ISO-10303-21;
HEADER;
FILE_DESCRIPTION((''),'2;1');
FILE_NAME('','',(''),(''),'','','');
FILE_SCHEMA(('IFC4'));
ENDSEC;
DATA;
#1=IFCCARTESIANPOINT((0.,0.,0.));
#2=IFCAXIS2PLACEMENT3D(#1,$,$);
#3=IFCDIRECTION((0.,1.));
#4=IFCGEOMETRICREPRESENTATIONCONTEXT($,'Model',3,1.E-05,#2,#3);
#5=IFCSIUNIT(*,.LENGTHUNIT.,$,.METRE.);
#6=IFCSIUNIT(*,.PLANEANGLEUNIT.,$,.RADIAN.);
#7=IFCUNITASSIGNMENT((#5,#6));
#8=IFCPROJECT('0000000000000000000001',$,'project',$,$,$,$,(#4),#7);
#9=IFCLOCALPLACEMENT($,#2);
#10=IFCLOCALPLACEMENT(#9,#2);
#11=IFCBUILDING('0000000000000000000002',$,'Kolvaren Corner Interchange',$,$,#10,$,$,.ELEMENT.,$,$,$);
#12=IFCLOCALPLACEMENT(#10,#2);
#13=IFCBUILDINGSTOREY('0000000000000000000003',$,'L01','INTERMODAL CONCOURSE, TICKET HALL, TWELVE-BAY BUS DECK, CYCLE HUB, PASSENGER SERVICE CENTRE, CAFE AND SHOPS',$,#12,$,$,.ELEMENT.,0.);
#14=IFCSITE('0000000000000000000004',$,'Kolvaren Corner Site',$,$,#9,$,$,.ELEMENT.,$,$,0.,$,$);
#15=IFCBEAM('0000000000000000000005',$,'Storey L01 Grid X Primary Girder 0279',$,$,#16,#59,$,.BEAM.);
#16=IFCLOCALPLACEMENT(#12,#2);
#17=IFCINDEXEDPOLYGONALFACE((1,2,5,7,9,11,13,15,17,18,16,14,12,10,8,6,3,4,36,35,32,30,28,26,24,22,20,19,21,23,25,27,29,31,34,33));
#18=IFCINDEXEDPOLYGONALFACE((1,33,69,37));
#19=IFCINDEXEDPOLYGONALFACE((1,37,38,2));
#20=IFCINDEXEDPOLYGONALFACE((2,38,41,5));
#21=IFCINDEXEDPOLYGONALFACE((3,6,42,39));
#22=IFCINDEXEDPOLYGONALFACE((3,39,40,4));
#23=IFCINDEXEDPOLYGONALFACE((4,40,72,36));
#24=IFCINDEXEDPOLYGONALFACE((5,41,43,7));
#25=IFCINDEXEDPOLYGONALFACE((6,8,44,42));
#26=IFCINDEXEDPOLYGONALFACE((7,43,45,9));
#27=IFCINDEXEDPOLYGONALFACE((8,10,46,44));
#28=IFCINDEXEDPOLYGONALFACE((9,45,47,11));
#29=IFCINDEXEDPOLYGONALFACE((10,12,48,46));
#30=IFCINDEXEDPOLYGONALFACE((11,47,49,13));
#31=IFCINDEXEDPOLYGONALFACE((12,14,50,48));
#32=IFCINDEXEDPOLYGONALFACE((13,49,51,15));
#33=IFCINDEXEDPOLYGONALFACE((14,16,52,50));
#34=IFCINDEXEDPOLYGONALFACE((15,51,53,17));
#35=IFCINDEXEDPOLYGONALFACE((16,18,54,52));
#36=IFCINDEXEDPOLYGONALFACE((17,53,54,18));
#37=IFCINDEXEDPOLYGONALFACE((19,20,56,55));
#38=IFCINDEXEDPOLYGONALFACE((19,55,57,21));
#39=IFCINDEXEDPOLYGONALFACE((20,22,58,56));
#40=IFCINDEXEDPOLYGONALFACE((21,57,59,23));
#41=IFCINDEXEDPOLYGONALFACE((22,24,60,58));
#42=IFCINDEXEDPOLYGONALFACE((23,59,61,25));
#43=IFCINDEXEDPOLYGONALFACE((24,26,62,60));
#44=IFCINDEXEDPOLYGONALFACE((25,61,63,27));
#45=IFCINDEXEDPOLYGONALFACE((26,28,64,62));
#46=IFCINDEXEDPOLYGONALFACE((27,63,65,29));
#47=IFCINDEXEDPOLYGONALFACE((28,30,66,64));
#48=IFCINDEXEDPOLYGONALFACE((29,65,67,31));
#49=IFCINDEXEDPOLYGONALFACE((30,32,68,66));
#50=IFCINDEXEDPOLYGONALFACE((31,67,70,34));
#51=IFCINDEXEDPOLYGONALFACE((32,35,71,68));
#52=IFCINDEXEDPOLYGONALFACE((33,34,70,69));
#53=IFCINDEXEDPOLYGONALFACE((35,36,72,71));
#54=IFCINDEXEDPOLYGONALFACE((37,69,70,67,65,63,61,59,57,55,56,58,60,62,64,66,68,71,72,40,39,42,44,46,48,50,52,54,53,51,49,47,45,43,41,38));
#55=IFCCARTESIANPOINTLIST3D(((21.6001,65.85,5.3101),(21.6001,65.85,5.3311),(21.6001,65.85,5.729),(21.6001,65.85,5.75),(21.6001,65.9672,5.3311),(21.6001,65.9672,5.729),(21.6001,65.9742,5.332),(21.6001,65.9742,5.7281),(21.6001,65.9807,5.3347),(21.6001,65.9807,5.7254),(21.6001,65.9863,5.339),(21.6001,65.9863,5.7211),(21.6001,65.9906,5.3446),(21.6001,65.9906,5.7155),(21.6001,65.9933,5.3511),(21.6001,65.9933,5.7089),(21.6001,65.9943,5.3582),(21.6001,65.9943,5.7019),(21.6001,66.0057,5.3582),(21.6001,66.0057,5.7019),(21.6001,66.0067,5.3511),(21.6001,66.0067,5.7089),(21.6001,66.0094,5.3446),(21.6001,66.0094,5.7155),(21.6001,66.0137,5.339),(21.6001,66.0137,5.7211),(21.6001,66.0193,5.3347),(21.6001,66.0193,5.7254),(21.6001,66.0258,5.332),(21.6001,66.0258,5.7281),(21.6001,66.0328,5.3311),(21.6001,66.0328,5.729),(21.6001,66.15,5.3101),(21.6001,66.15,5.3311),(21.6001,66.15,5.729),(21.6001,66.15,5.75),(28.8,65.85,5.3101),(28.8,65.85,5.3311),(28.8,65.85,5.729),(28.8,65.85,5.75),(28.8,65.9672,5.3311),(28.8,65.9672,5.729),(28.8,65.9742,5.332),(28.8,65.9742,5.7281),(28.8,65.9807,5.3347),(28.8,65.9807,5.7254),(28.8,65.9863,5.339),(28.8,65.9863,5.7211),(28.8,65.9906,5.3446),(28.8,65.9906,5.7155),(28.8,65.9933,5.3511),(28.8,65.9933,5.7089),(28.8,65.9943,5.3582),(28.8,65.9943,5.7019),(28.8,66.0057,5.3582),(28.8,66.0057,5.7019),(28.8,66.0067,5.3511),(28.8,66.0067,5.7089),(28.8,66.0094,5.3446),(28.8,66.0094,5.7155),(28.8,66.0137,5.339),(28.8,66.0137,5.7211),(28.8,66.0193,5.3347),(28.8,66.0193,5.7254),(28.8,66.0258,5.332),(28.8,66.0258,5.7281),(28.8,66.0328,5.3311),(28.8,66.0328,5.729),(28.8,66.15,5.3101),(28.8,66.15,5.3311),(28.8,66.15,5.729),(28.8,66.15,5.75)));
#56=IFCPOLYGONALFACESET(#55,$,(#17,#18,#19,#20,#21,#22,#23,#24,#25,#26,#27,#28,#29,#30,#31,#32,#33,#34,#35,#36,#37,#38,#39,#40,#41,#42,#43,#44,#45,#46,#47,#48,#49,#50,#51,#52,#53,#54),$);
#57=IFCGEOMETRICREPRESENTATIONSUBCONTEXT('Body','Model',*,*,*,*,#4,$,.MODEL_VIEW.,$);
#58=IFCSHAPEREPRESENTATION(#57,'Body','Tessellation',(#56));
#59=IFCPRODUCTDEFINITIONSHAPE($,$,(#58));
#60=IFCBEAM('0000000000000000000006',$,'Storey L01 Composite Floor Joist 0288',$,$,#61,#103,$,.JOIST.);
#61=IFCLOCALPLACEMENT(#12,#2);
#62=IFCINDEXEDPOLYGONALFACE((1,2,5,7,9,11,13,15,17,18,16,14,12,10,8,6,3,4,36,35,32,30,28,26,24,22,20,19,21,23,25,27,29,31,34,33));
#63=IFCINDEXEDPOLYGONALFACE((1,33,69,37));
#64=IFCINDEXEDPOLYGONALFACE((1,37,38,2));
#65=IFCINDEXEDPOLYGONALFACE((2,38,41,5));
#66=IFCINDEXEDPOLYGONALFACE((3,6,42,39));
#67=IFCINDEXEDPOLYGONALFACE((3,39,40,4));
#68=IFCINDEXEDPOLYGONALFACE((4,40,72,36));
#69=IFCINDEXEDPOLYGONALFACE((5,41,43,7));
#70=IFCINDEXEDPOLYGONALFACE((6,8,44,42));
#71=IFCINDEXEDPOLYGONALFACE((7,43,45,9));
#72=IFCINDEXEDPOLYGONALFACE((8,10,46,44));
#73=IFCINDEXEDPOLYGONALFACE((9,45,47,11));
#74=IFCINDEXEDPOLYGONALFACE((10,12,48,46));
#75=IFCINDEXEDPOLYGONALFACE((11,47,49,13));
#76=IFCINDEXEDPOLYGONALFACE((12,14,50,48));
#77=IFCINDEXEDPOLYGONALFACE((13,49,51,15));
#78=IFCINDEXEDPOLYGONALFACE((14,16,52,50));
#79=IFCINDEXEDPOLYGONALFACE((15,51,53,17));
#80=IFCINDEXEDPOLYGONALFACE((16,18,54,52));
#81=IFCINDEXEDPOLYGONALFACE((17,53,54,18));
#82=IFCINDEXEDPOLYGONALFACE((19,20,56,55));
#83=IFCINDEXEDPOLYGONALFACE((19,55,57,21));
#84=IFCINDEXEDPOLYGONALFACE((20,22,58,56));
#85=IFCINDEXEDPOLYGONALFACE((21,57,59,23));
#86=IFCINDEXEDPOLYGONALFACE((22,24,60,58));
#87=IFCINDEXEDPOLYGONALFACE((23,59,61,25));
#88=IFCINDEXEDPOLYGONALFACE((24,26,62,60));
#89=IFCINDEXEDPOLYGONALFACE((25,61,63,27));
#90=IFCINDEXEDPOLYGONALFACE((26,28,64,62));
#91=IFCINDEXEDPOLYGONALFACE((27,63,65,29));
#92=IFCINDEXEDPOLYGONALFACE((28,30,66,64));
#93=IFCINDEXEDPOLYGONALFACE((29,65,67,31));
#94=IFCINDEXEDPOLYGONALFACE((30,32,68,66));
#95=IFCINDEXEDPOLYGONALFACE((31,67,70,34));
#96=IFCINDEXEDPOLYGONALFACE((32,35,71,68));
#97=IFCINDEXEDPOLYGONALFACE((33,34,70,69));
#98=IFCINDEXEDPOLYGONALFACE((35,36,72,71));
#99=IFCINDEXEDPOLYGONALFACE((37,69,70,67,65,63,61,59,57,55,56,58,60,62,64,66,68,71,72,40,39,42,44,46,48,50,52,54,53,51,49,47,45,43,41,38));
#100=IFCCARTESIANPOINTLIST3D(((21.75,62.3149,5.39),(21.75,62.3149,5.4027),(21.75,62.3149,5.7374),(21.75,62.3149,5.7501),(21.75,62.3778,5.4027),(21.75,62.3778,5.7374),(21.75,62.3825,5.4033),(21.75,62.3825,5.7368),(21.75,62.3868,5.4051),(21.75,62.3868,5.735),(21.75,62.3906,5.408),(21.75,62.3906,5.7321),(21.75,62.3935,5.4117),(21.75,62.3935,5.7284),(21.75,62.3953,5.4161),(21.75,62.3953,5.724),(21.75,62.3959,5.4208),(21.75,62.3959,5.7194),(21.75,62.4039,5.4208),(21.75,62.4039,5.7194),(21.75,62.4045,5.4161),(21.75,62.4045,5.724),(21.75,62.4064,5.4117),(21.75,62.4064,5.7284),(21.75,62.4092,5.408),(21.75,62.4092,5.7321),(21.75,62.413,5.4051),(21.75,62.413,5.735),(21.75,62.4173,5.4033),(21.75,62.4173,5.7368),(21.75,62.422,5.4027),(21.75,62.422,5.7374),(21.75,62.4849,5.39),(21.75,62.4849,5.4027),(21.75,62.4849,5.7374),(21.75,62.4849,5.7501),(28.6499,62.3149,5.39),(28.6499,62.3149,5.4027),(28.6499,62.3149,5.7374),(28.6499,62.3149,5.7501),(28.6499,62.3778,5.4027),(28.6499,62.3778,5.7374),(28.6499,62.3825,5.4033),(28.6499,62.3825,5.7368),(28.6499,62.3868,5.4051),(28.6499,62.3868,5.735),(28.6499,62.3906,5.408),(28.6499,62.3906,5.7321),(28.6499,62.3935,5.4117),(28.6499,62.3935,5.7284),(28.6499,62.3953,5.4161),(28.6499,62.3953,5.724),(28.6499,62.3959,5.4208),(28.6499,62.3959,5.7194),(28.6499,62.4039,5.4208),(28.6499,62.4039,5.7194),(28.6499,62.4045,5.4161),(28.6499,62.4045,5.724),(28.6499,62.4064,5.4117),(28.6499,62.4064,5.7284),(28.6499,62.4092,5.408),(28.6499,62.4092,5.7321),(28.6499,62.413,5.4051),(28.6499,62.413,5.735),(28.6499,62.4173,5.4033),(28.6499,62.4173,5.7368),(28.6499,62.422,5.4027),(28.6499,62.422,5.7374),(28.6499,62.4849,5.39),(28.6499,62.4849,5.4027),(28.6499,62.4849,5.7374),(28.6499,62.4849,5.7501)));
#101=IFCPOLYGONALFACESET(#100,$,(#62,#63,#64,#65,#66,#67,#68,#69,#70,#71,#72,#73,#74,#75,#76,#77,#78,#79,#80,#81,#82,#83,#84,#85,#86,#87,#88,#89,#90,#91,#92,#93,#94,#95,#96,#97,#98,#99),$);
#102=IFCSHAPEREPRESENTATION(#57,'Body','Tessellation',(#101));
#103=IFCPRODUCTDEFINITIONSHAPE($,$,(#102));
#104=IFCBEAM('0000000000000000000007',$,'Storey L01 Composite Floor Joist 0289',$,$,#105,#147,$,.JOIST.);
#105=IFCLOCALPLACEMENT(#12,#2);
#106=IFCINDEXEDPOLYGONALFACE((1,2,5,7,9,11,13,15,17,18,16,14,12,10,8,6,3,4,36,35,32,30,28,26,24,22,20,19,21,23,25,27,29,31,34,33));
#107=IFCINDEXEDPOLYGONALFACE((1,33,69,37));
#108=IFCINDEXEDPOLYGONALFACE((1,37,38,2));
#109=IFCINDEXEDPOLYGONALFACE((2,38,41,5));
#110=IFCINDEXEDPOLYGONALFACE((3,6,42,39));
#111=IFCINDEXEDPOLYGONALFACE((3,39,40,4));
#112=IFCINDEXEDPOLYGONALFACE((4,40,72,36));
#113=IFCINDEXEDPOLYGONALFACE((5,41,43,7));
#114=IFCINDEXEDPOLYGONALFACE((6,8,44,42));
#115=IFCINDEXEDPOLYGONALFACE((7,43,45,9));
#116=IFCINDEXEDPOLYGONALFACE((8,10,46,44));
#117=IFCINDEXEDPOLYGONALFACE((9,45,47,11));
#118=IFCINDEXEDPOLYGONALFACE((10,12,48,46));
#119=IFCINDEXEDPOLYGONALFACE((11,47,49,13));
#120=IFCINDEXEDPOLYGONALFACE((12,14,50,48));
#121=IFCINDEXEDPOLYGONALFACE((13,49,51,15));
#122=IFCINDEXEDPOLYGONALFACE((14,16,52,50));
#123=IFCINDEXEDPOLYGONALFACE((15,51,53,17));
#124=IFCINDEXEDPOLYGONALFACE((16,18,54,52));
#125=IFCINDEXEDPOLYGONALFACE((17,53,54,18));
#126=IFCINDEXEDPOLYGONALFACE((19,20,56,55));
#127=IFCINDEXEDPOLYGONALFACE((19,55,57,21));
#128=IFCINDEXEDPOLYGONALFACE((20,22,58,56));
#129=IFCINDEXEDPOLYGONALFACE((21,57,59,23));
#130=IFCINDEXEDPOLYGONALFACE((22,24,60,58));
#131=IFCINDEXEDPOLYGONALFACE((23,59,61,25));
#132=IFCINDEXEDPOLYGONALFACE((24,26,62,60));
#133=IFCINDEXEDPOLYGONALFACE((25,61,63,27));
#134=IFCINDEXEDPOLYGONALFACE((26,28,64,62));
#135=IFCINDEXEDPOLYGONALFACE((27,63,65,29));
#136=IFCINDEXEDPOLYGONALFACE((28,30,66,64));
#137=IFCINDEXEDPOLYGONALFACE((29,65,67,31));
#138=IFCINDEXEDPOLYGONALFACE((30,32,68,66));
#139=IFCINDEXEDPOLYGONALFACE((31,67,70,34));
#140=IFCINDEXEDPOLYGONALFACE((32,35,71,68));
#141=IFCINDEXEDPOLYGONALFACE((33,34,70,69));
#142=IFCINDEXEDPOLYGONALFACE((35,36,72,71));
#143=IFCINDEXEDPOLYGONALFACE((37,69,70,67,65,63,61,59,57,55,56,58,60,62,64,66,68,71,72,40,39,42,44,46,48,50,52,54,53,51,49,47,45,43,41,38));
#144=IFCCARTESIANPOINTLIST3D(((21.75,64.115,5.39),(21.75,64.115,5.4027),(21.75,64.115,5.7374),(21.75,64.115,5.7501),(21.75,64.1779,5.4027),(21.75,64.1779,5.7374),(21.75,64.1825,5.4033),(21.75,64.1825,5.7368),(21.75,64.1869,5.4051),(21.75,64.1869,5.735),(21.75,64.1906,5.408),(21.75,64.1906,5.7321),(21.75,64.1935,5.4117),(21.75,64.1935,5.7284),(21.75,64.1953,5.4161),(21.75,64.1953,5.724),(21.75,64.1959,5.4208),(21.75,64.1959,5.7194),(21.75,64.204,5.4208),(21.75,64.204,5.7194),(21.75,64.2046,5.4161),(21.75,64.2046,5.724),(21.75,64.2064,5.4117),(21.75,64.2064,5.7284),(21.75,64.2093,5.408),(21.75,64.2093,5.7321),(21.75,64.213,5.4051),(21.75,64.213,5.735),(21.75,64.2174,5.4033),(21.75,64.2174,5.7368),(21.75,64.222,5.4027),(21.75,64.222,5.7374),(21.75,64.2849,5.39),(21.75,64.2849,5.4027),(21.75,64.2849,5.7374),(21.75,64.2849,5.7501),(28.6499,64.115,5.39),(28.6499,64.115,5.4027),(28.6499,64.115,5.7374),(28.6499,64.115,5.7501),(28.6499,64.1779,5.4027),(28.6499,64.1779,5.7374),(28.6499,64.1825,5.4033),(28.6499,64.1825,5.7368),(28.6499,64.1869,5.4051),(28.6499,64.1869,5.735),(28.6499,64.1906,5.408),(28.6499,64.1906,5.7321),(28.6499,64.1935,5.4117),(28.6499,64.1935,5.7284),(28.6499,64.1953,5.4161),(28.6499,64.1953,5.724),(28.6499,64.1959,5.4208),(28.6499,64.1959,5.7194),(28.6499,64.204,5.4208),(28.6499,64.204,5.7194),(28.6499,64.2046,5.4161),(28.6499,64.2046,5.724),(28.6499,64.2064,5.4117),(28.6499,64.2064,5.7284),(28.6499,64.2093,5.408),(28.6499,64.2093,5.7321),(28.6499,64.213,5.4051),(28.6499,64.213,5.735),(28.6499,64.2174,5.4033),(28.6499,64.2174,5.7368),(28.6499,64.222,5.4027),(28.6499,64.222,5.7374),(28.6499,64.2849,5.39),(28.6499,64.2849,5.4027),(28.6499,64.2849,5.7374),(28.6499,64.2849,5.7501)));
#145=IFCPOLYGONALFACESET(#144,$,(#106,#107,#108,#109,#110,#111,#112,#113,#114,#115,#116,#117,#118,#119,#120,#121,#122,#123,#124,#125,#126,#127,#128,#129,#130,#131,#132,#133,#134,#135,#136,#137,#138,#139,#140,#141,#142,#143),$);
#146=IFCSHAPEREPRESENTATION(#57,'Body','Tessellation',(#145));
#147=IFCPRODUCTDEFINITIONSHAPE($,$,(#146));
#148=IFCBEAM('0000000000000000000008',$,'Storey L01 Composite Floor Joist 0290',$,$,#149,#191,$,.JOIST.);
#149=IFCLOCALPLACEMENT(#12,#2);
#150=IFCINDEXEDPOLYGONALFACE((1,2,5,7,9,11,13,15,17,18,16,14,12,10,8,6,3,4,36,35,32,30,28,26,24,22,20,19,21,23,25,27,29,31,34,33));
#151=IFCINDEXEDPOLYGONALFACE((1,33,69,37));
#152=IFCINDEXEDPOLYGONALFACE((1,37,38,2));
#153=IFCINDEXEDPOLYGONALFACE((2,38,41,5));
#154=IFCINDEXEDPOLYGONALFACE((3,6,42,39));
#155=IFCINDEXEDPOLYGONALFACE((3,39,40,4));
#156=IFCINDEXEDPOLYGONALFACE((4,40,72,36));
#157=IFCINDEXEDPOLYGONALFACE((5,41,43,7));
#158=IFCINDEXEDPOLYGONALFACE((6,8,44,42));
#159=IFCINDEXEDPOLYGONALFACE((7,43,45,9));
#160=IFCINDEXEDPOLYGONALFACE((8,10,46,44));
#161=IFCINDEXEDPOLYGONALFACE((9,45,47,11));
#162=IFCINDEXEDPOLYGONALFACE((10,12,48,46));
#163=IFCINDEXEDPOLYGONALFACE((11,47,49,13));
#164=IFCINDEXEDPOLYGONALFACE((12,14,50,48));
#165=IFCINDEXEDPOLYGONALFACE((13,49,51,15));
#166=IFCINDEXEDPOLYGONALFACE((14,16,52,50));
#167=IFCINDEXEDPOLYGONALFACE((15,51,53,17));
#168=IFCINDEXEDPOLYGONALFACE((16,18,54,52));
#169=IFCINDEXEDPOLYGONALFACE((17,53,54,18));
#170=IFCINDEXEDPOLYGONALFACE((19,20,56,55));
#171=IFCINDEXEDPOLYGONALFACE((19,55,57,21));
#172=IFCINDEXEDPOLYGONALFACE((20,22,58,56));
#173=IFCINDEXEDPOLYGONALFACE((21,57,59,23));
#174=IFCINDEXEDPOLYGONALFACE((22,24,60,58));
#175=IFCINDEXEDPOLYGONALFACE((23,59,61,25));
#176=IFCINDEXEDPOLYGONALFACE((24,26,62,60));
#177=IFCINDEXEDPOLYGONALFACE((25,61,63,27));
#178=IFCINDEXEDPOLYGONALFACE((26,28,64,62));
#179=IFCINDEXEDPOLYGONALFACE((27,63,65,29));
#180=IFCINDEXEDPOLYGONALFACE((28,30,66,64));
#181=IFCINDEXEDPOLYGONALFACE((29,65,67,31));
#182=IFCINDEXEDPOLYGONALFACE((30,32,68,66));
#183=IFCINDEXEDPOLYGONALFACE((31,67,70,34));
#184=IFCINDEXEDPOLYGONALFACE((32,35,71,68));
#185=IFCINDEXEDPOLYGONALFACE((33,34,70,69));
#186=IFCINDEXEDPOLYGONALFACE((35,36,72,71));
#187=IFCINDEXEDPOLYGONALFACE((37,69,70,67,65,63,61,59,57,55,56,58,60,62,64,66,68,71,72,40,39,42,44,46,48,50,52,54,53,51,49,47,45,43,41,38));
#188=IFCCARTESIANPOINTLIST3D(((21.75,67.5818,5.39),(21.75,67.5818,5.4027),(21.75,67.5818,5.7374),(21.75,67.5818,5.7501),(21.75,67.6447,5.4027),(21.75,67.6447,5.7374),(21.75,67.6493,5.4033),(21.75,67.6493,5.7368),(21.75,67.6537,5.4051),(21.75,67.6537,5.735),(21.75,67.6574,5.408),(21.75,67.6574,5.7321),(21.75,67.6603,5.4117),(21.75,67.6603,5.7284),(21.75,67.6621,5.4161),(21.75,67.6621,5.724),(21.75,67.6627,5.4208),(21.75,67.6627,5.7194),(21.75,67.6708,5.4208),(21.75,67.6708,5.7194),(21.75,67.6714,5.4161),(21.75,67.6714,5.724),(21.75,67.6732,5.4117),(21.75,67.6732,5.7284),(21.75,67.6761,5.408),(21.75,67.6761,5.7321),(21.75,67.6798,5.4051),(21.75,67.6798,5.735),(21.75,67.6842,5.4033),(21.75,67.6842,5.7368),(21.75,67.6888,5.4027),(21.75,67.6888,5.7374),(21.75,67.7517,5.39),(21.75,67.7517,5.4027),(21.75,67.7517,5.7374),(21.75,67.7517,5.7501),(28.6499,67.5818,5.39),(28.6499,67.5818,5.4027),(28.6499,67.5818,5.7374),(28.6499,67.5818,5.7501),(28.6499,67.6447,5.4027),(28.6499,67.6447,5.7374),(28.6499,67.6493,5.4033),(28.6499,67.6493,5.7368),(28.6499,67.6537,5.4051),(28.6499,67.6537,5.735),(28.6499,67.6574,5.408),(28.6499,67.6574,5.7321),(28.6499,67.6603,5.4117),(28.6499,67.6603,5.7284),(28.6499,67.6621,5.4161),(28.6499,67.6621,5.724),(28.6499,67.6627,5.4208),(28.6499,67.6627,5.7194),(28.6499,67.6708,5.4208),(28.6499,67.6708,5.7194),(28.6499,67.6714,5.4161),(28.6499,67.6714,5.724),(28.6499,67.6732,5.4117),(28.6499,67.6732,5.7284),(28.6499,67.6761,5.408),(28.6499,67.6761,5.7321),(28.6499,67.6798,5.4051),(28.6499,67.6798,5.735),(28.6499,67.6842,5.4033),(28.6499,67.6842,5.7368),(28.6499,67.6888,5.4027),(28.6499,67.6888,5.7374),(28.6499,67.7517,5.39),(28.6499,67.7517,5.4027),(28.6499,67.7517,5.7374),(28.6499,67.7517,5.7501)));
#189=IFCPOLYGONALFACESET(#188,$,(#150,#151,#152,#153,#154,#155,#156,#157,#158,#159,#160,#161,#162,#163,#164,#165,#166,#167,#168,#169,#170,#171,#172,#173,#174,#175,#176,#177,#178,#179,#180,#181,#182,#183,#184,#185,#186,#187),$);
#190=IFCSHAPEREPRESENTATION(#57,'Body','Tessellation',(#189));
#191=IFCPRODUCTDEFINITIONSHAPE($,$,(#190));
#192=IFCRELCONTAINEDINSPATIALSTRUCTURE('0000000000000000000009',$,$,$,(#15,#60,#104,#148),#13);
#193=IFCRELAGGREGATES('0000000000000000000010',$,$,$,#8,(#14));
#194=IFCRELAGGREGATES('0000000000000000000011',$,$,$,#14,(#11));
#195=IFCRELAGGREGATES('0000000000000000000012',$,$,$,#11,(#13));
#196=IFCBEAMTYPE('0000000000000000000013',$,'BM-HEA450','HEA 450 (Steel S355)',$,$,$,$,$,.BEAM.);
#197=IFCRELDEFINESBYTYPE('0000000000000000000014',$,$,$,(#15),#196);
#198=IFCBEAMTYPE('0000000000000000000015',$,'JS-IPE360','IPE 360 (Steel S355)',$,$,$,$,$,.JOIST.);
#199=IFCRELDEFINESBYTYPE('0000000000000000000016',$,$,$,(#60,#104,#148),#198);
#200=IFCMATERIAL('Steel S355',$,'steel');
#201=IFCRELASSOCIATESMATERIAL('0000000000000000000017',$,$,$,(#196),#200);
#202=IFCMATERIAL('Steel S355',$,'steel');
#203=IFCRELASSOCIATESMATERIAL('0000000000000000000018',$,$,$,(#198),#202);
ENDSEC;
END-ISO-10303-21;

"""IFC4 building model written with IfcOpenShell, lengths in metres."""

from ifc_helpers import new_model, si_unit, direction, frame, origin, origin_2d, place, context, subcontext, project, spatial, i_section, extrude, material, material_profile, profile_set, type_object, element, save


model = new_model("IFC4")

# Units and contexts
model_context = context("Model", 3, precision=1e-05, world=origin(), true_north=direction((0.0, 1.0)))
body_context = subcontext(model_context, "Body", "Model", "MODEL_VIEW")
ifc_project = project(units=[si_unit("LENGTHUNIT", "METRE"), si_unit("PLANEANGLEUNIT", "RADIAN")], contexts=[model_context])

# Site, building, storey
site_placement = place(None, origin())
site = spatial("IfcSite", under=ifc_project, at=site_placement, Name="Kolvaren Corner Site", CompositionType="ELEMENT", RefElevation=0.0)
building_placement = place(site_placement, origin())
building = spatial("IfcBuilding", under=site, at=building_placement, Name="Kolvaren Corner Interchange", CompositionType="ELEMENT")
storey_placement = place(building_placement, origin())
storey = spatial("IfcBuildingStorey", under=building, at=storey_placement, Name="L01", Description="INTERMODAL CONCOURSE, TICKET HALL, TWELVE-BAY BUS DECK, CYCLE HUB, PASSENGER SERVICE CENTRE, CAFE AND SHOPS", CompositionType="ELEMENT", Elevation=0.0)

# Beams
ifc_material_1 = material(Name="Steel S355", Category="steel")
ifc_material_profile_1 = material_profile(ifc_material_1, i_section(OverallWidth=0.3, OverallDepth=0.4399, WebThickness=0.0115, FlangeThickness=0.021, FilletRadius=0.0271, at=origin_2d()), Name="HEA 450")
ifc_profile_set_1 = profile_set([ifc_material_profile_1], Name="Steel S355")
beam_type_1 = type_object("IfcBeamType", Name="BM-HEA450", Description="HEA 450 (Steel S355)", PredefinedType="BEAM", material=ifc_profile_set_1)
for number, where, z_axis, x_axis, name in (
    (1, (21.6001, 66.0, 5.53), (1.0, 0.0, 0.0), (0.0, 1.0, 0.0), "Storey L01 Grid X Primary Girder 0279"),
):
    element("IfcBeam", number, at=place(storey_placement, frame(where, z_axis=z_axis, x_axis=x_axis)), inside=storey, type_object=beam_type_1, Name=name, PredefinedType="BEAM", context=body_context, shape_type="SweptSolid", body=[
        extrude(i_section(OverallWidth=0.3, OverallDepth=0.4399, WebThickness=0.0115, FlangeThickness=0.021, FilletRadius=0.0271, at=origin_2d()), origin(), (0.0, 0.0, 1.0), 7.2),
    ])
ifc_material_2 = material(Name="Steel S355", Category="steel")
ifc_material_profile_2 = material_profile(ifc_material_2, i_section(OverallWidth=0.1699, OverallDepth=0.3601, WebThickness=0.0081, FlangeThickness=0.0127, FilletRadius=0.0181, at=origin_2d()), Name="IPE 360")
ifc_profile_set_2 = profile_set([ifc_material_profile_2], Name="Steel S355")
beam_type_2 = type_object("IfcBeamType", Name="JS-IPE360", Description="IPE 360 (Steel S355)", PredefinedType="JOIST", material=ifc_profile_set_2)
for number, where, z_axis, x_axis, name in (
    (2, (21.75, 62.3999, 5.5701), (1.0, 0.0, 0.0), (0.0, 1.0, 0.0), "Storey L01 Composite Floor Joist 0288"),
    (3, (21.75, 64.2, 5.5701), (1.0, 0.0, 0.0), (0.0, 1.0, 0.0), "Storey L01 Composite Floor Joist 0289"),
    (4, (21.75, 67.6667, 5.5701), (1.0, 0.0, 0.0), (0.0, 1.0, 0.0), "Storey L01 Composite Floor Joist 0290"),
):
    element("IfcBeam", number, at=place(storey_placement, frame(where, z_axis=z_axis, x_axis=x_axis)), inside=storey, type_object=beam_type_2, Name=name, PredefinedType="JOIST", context=body_context, shape_type="SweptSolid", body=[
        extrude(i_section(OverallWidth=0.1699, OverallDepth=0.3601, WebThickness=0.0081, FlangeThickness=0.0127, FilletRadius=0.0181, at=origin_2d()), origin(), (0.0, 0.0, 1.0), 6.8999),
    ])

save(model, "model.ifc")
